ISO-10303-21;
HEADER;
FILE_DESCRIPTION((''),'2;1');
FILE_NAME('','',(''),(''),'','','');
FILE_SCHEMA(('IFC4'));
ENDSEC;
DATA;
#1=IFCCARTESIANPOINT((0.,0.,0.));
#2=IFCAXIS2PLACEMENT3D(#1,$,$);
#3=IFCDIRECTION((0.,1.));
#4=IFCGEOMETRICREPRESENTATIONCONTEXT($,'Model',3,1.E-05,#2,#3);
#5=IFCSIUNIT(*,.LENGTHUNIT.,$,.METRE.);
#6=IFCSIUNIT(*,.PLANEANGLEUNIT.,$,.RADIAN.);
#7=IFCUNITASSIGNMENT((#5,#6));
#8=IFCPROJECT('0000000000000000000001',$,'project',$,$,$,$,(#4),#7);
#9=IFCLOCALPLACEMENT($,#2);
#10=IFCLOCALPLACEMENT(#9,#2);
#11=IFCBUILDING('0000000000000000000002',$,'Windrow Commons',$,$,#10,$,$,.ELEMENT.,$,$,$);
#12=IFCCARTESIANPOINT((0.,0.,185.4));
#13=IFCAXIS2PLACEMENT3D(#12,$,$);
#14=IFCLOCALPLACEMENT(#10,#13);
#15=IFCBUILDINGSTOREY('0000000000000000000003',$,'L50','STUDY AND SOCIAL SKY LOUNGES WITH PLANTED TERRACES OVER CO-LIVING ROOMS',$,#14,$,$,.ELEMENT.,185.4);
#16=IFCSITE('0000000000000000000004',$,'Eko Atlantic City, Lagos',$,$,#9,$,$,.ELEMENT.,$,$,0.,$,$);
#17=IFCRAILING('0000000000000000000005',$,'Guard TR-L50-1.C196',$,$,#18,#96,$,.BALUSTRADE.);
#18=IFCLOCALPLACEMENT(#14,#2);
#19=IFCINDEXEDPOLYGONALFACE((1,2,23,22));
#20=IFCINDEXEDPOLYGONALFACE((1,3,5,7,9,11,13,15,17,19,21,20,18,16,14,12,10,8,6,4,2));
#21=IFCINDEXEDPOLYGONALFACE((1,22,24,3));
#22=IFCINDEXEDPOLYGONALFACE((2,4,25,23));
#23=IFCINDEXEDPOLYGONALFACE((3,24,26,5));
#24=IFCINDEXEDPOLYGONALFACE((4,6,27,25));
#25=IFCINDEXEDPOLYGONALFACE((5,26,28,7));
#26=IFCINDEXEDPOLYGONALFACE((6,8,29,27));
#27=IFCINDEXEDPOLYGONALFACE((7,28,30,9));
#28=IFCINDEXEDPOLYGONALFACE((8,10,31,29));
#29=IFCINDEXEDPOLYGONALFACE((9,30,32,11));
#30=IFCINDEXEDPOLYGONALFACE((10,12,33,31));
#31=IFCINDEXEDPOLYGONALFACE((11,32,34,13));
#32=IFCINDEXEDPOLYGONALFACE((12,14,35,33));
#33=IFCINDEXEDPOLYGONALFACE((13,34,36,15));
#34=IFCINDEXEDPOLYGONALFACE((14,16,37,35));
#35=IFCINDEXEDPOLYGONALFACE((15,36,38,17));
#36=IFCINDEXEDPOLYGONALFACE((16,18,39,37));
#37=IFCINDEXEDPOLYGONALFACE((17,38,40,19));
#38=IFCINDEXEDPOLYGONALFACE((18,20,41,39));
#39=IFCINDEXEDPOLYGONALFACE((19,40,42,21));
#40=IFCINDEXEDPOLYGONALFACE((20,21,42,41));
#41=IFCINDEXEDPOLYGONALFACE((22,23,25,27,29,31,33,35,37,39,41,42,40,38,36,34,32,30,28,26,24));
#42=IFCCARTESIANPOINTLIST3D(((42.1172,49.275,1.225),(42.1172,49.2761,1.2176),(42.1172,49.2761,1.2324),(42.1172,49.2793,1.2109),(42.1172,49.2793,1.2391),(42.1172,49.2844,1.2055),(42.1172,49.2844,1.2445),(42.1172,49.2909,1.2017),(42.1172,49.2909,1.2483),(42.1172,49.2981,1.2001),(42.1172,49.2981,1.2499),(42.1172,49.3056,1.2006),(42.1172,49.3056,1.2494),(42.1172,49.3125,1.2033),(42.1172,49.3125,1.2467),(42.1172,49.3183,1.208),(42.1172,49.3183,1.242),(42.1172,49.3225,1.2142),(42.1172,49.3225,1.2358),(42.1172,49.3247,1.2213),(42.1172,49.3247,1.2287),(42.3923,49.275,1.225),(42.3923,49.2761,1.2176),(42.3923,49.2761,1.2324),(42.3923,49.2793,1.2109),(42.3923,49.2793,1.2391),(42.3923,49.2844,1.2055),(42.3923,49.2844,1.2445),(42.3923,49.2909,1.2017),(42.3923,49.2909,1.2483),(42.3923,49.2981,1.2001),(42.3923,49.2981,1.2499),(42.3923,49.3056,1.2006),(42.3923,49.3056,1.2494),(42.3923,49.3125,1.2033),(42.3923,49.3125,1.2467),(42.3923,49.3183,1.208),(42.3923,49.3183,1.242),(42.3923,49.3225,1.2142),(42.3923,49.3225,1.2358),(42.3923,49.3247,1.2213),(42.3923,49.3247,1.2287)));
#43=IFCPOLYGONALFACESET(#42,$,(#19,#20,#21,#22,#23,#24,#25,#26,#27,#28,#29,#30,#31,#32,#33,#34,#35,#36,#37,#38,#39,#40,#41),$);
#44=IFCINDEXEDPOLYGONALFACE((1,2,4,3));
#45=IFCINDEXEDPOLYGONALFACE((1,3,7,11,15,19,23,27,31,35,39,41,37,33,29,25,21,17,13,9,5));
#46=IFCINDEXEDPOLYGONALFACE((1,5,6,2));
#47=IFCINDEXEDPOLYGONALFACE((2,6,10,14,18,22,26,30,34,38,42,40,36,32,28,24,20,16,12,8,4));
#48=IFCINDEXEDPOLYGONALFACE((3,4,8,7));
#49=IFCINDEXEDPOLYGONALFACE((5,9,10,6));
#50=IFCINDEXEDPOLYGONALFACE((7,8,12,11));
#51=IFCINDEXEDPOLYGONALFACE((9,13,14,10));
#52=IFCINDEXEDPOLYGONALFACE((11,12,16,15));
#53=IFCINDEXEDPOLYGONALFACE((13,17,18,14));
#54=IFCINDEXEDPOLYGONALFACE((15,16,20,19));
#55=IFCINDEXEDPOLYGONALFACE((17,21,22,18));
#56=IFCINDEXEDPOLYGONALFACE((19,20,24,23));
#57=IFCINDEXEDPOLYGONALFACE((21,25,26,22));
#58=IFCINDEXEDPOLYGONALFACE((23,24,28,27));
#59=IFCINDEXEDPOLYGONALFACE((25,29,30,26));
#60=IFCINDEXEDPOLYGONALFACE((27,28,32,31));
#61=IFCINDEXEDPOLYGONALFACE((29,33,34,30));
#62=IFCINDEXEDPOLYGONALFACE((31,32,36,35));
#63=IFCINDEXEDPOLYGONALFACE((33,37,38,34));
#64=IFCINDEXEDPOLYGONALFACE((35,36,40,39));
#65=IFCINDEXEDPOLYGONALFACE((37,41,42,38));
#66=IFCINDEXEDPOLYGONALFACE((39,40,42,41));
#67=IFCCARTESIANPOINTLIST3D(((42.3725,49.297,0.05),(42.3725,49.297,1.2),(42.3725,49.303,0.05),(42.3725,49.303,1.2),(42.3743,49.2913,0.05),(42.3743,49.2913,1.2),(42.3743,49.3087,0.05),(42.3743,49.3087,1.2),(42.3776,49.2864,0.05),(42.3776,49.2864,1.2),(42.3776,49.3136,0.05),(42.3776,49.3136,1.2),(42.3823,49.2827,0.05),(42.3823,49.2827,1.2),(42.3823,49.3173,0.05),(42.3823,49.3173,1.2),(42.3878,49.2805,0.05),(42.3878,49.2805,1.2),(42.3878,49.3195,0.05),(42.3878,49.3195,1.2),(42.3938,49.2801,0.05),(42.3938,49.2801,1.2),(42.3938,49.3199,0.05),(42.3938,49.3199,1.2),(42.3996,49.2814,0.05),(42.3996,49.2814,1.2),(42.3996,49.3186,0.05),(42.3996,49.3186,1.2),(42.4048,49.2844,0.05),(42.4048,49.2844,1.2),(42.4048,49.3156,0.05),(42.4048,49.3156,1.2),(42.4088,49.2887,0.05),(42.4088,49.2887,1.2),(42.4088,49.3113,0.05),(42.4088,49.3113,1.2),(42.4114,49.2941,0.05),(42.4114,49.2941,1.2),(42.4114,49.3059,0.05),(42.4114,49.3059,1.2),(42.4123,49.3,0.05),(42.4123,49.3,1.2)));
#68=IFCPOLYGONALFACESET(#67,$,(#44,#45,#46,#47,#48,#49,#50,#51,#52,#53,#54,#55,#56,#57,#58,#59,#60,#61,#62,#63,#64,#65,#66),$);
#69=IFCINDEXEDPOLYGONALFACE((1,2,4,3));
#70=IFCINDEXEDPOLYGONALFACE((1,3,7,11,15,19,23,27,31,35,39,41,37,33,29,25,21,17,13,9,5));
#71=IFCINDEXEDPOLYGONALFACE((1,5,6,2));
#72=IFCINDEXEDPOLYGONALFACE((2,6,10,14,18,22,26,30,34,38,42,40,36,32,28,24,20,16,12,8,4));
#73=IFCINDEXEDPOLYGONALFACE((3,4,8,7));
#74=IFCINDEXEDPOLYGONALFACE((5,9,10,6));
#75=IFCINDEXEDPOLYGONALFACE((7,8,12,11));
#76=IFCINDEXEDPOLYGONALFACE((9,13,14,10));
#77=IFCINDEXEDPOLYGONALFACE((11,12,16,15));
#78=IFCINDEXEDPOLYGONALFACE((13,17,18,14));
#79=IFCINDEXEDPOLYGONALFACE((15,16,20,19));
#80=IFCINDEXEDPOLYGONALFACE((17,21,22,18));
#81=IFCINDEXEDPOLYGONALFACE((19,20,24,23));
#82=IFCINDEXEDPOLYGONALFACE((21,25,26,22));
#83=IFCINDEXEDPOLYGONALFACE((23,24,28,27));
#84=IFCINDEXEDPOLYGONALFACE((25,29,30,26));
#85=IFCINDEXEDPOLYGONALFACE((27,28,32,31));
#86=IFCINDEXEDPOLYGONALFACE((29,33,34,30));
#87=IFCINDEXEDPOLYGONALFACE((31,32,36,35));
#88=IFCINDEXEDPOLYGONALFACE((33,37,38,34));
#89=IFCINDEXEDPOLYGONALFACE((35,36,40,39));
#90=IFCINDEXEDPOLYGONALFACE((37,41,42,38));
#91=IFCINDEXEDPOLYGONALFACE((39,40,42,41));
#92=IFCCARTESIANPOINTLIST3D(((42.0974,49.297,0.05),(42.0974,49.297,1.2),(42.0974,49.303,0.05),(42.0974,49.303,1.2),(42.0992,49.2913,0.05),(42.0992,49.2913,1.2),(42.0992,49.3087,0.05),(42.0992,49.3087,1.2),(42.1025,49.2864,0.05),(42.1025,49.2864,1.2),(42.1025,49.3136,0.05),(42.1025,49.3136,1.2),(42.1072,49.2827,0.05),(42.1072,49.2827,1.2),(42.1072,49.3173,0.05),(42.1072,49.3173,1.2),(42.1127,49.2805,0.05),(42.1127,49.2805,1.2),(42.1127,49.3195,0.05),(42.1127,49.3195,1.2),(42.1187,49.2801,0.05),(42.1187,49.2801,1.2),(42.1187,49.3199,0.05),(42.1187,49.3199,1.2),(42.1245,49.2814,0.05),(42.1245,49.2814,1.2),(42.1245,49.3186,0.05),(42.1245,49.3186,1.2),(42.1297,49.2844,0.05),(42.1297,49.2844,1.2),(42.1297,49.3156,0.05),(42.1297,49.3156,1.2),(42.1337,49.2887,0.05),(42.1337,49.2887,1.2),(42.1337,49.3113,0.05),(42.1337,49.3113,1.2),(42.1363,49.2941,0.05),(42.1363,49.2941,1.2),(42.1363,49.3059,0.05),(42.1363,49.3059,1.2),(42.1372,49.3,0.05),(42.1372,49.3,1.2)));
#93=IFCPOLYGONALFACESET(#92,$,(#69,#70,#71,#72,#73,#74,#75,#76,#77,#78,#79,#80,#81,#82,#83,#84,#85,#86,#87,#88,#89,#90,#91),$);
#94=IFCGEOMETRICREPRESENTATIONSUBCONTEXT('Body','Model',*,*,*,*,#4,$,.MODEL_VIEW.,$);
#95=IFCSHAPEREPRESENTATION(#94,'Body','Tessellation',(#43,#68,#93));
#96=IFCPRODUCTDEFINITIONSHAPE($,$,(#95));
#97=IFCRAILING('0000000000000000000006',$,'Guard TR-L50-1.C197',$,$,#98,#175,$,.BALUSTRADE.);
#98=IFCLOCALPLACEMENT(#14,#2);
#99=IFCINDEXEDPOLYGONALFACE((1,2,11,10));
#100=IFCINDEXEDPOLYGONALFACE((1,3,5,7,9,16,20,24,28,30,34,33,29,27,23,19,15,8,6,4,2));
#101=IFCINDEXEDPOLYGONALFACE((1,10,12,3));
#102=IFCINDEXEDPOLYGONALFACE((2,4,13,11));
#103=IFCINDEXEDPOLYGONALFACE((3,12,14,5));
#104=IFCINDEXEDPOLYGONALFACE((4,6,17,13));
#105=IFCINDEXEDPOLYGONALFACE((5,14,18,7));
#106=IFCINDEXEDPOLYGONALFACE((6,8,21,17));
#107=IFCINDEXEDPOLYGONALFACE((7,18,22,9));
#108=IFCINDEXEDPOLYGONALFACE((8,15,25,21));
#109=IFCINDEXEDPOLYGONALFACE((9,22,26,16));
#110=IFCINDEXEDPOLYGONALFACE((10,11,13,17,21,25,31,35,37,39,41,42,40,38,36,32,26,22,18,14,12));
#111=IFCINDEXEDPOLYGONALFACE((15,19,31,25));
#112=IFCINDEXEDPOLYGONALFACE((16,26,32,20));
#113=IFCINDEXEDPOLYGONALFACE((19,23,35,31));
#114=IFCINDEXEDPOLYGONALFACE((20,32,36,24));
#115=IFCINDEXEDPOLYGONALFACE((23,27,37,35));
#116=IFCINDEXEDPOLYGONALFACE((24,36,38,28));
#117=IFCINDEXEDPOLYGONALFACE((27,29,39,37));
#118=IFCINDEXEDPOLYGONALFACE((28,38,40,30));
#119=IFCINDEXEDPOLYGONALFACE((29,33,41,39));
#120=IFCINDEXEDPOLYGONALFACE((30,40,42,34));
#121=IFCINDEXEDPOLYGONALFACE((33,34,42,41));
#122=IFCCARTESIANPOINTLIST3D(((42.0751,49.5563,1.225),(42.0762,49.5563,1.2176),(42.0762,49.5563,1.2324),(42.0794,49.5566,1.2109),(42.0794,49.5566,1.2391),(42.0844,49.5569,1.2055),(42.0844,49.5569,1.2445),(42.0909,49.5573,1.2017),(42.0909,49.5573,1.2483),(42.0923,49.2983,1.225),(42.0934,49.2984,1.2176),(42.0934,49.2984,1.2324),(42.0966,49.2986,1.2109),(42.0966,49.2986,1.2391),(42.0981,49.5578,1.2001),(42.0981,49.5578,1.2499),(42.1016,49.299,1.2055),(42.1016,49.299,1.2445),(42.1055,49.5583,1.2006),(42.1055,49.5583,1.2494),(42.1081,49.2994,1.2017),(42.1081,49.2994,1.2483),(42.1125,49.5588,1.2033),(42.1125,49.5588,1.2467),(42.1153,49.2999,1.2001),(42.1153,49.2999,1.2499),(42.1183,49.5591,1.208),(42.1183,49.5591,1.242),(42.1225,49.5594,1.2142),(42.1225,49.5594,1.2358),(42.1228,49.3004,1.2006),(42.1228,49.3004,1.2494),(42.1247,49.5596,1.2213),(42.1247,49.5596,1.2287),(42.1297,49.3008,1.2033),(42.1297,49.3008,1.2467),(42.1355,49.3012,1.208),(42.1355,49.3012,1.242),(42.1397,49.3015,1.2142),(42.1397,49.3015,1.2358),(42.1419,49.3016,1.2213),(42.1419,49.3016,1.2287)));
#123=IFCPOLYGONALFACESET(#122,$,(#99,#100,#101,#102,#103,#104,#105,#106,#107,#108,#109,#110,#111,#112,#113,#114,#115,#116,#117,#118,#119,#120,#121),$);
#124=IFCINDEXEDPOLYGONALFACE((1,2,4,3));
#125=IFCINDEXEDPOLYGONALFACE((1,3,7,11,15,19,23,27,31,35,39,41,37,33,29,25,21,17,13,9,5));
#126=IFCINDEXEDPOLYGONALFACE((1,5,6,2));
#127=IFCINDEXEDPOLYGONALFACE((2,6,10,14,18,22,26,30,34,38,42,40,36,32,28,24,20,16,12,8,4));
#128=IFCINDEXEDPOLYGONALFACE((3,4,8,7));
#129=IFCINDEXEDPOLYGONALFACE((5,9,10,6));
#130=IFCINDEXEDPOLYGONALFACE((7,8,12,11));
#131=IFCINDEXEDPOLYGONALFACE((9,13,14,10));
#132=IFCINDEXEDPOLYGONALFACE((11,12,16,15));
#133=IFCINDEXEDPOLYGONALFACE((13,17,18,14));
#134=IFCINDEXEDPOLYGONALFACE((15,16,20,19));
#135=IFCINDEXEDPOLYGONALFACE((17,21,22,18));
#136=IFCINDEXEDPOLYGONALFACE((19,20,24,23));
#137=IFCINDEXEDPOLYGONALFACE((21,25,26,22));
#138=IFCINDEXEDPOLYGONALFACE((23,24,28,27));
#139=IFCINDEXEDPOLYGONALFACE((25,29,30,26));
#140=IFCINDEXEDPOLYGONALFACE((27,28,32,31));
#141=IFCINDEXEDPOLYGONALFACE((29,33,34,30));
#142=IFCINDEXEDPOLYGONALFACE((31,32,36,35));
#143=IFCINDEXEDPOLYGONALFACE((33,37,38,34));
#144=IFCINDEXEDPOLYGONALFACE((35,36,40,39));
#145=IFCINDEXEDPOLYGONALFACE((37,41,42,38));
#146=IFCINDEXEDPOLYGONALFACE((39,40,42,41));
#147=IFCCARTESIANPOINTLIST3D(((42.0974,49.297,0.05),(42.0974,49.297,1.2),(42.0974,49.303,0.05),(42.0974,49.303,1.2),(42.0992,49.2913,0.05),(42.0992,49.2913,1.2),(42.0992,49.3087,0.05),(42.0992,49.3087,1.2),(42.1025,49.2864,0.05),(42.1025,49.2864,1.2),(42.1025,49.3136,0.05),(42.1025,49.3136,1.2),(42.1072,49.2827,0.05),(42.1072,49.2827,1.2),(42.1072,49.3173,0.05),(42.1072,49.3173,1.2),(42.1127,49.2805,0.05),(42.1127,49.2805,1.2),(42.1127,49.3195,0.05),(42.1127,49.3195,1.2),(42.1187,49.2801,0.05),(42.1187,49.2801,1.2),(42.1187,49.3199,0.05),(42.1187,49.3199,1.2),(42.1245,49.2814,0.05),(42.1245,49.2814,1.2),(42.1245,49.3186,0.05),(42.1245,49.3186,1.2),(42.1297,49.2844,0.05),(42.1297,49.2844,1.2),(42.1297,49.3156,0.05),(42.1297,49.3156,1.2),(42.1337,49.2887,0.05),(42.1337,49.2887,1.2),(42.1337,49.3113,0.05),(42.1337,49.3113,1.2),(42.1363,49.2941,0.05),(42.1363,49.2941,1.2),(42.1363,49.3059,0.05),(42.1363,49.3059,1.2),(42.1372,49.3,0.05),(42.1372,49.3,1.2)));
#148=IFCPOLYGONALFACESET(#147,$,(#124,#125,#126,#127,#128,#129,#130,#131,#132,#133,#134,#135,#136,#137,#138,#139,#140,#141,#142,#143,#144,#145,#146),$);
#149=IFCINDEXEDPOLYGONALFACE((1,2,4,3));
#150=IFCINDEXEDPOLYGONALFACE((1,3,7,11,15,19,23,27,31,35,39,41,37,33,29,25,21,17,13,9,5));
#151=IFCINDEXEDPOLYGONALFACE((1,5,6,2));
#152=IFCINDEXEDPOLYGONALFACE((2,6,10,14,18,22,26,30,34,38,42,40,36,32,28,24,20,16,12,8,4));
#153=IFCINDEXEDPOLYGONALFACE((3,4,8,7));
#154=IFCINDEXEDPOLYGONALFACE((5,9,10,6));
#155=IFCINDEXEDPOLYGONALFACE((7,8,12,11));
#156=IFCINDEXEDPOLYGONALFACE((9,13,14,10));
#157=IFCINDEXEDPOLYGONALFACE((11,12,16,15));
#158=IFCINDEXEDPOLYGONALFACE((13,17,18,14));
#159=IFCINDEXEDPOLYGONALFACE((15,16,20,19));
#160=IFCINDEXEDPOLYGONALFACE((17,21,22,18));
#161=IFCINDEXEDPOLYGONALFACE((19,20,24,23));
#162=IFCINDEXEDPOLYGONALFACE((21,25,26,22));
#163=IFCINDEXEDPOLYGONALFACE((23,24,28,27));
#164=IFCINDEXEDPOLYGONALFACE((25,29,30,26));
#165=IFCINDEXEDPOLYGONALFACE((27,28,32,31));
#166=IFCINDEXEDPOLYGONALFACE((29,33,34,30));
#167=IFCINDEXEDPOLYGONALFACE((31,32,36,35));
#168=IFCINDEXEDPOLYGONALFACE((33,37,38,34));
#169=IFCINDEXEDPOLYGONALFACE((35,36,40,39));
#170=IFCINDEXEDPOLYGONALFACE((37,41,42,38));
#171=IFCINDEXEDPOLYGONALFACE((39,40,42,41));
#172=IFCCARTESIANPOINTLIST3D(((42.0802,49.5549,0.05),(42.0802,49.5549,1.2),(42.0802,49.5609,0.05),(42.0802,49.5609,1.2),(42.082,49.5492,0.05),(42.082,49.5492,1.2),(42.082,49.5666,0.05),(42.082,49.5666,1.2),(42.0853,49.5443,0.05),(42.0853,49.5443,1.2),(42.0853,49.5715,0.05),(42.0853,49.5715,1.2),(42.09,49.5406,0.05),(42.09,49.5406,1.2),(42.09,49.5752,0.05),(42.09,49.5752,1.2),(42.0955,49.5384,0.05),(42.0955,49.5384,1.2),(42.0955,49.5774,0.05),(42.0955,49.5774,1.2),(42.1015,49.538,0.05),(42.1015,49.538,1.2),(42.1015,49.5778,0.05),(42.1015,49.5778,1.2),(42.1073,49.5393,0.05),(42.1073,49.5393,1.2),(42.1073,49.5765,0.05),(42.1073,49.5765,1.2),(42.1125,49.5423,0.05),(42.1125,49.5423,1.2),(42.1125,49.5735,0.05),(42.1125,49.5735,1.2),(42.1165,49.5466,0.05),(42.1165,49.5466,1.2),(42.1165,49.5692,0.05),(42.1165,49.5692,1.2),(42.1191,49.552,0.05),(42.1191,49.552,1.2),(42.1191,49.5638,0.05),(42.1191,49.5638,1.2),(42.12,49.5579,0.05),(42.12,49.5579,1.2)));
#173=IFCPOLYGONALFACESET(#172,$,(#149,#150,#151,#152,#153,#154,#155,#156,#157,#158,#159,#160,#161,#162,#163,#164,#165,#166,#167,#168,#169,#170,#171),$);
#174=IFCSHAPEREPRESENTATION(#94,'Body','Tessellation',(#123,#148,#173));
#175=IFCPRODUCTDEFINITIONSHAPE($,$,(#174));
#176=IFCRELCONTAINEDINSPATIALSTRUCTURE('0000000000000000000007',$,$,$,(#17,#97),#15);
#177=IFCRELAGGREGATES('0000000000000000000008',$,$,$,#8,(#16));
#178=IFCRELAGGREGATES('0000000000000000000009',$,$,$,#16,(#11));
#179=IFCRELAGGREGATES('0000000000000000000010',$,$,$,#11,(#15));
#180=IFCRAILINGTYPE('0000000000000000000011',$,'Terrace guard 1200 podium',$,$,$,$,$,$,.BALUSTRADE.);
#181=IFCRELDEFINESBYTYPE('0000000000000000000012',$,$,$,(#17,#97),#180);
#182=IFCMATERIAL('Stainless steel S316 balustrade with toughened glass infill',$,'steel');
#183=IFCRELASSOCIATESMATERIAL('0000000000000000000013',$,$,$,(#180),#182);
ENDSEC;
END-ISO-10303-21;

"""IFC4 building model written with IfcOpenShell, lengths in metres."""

from ifc_helpers import new_model, si_unit, direction, frame, origin, origin_2d, place, context, subcontext, project, spatial, circle, extrude, material, type_object, element, save


model = new_model("IFC4")

# Units and contexts
model_context = context("Model", 3, precision=1e-05, world=origin(), true_north=direction((0.0, 1.0)))
body_context = subcontext(model_context, "Body", "Model", "MODEL_VIEW")
ifc_project = project(units=[si_unit("LENGTHUNIT", "METRE"), si_unit("PLANEANGLEUNIT", "RADIAN")], contexts=[model_context])

# Site, building, storey
site_placement = place(None, origin())
site = spatial("IfcSite", under=ifc_project, at=site_placement, Name="Eko Atlantic City, Lagos", CompositionType="ELEMENT", RefElevation=0.0)
building_placement = place(site_placement, origin())
building = spatial("IfcBuilding", under=site, at=building_placement, Name="Windrow Commons", CompositionType="ELEMENT")
storey_placement = place(building_placement, frame((0.0, 0.0, 185.4)))
storey = spatial("IfcBuildingStorey", under=building, at=storey_placement, Name="L50", Description="STUDY AND SOCIAL SKY LOUNGES WITH PLANTED TERRACES OVER CO-LIVING ROOMS", CompositionType="ELEMENT", Elevation=185.4)

# Railings
ifc_material_1 = material(Name="Stainless steel S316 balustrade with toughened glass infill", Category="steel")
railing_type = type_object("IfcRailingType", Name="Terrace guard 1200 podium", PredefinedType="BALUSTRADE", material=ifc_material_1)
railing_1_placement = place(storey_placement, frame((42.3923, 49.3, 0.05)))
element("IfcRailing", 1, at=railing_1_placement, inside=storey, type_object=railing_type, Name="Guard TR-L50-1.C196", PredefinedType="BALUSTRADE", context=body_context, shape_type="SweptSolid", body=[
    extrude(circle(Radius=0.025, at=origin_2d()), frame((0.0, 0.0, 1.175), z_axis=(-1.0, 0.0, 0.0), x_axis=(0.0, -1.0, 0.0)), (0.0, 0.0, 1.0), 0.2751),
    extrude(circle(Radius=0.02, at=origin_2d()), origin(), (0.0, 0.0, 1.0), 1.15),
    extrude(circle(Radius=0.02, at=origin_2d()), frame((-0.2751, 0.0, 0.0)), (0.0, 0.0, 1.0), 1.15),
])
railing_2_placement = place(storey_placement, frame((42.1172, 49.3, 0.05)))
element("IfcRailing", 2, at=railing_2_placement, inside=storey, type_object=railing_type, Name="Guard TR-L50-1.C197", PredefinedType="BALUSTRADE", context=body_context, shape_type="SweptSolid", body=[
    extrude(circle(Radius=0.025, at=origin_2d()), frame((0.0, 0.0, 1.175), z_axis=(-0.066545, 0.997783, 0.0), x_axis=(-0.997783, -0.066545, 0.0)), (0.0, 0.0, 1.0), 0.2585),
    extrude(circle(Radius=0.02, at=origin_2d()), origin(), (0.0, 0.0, 1.0), 1.15),
    extrude(circle(Radius=0.02, at=origin_2d()), frame((-0.0172, 0.2579, 0.0)), (0.0, 0.0, 1.0), 1.15),
])

save(model, "model.ifc")
